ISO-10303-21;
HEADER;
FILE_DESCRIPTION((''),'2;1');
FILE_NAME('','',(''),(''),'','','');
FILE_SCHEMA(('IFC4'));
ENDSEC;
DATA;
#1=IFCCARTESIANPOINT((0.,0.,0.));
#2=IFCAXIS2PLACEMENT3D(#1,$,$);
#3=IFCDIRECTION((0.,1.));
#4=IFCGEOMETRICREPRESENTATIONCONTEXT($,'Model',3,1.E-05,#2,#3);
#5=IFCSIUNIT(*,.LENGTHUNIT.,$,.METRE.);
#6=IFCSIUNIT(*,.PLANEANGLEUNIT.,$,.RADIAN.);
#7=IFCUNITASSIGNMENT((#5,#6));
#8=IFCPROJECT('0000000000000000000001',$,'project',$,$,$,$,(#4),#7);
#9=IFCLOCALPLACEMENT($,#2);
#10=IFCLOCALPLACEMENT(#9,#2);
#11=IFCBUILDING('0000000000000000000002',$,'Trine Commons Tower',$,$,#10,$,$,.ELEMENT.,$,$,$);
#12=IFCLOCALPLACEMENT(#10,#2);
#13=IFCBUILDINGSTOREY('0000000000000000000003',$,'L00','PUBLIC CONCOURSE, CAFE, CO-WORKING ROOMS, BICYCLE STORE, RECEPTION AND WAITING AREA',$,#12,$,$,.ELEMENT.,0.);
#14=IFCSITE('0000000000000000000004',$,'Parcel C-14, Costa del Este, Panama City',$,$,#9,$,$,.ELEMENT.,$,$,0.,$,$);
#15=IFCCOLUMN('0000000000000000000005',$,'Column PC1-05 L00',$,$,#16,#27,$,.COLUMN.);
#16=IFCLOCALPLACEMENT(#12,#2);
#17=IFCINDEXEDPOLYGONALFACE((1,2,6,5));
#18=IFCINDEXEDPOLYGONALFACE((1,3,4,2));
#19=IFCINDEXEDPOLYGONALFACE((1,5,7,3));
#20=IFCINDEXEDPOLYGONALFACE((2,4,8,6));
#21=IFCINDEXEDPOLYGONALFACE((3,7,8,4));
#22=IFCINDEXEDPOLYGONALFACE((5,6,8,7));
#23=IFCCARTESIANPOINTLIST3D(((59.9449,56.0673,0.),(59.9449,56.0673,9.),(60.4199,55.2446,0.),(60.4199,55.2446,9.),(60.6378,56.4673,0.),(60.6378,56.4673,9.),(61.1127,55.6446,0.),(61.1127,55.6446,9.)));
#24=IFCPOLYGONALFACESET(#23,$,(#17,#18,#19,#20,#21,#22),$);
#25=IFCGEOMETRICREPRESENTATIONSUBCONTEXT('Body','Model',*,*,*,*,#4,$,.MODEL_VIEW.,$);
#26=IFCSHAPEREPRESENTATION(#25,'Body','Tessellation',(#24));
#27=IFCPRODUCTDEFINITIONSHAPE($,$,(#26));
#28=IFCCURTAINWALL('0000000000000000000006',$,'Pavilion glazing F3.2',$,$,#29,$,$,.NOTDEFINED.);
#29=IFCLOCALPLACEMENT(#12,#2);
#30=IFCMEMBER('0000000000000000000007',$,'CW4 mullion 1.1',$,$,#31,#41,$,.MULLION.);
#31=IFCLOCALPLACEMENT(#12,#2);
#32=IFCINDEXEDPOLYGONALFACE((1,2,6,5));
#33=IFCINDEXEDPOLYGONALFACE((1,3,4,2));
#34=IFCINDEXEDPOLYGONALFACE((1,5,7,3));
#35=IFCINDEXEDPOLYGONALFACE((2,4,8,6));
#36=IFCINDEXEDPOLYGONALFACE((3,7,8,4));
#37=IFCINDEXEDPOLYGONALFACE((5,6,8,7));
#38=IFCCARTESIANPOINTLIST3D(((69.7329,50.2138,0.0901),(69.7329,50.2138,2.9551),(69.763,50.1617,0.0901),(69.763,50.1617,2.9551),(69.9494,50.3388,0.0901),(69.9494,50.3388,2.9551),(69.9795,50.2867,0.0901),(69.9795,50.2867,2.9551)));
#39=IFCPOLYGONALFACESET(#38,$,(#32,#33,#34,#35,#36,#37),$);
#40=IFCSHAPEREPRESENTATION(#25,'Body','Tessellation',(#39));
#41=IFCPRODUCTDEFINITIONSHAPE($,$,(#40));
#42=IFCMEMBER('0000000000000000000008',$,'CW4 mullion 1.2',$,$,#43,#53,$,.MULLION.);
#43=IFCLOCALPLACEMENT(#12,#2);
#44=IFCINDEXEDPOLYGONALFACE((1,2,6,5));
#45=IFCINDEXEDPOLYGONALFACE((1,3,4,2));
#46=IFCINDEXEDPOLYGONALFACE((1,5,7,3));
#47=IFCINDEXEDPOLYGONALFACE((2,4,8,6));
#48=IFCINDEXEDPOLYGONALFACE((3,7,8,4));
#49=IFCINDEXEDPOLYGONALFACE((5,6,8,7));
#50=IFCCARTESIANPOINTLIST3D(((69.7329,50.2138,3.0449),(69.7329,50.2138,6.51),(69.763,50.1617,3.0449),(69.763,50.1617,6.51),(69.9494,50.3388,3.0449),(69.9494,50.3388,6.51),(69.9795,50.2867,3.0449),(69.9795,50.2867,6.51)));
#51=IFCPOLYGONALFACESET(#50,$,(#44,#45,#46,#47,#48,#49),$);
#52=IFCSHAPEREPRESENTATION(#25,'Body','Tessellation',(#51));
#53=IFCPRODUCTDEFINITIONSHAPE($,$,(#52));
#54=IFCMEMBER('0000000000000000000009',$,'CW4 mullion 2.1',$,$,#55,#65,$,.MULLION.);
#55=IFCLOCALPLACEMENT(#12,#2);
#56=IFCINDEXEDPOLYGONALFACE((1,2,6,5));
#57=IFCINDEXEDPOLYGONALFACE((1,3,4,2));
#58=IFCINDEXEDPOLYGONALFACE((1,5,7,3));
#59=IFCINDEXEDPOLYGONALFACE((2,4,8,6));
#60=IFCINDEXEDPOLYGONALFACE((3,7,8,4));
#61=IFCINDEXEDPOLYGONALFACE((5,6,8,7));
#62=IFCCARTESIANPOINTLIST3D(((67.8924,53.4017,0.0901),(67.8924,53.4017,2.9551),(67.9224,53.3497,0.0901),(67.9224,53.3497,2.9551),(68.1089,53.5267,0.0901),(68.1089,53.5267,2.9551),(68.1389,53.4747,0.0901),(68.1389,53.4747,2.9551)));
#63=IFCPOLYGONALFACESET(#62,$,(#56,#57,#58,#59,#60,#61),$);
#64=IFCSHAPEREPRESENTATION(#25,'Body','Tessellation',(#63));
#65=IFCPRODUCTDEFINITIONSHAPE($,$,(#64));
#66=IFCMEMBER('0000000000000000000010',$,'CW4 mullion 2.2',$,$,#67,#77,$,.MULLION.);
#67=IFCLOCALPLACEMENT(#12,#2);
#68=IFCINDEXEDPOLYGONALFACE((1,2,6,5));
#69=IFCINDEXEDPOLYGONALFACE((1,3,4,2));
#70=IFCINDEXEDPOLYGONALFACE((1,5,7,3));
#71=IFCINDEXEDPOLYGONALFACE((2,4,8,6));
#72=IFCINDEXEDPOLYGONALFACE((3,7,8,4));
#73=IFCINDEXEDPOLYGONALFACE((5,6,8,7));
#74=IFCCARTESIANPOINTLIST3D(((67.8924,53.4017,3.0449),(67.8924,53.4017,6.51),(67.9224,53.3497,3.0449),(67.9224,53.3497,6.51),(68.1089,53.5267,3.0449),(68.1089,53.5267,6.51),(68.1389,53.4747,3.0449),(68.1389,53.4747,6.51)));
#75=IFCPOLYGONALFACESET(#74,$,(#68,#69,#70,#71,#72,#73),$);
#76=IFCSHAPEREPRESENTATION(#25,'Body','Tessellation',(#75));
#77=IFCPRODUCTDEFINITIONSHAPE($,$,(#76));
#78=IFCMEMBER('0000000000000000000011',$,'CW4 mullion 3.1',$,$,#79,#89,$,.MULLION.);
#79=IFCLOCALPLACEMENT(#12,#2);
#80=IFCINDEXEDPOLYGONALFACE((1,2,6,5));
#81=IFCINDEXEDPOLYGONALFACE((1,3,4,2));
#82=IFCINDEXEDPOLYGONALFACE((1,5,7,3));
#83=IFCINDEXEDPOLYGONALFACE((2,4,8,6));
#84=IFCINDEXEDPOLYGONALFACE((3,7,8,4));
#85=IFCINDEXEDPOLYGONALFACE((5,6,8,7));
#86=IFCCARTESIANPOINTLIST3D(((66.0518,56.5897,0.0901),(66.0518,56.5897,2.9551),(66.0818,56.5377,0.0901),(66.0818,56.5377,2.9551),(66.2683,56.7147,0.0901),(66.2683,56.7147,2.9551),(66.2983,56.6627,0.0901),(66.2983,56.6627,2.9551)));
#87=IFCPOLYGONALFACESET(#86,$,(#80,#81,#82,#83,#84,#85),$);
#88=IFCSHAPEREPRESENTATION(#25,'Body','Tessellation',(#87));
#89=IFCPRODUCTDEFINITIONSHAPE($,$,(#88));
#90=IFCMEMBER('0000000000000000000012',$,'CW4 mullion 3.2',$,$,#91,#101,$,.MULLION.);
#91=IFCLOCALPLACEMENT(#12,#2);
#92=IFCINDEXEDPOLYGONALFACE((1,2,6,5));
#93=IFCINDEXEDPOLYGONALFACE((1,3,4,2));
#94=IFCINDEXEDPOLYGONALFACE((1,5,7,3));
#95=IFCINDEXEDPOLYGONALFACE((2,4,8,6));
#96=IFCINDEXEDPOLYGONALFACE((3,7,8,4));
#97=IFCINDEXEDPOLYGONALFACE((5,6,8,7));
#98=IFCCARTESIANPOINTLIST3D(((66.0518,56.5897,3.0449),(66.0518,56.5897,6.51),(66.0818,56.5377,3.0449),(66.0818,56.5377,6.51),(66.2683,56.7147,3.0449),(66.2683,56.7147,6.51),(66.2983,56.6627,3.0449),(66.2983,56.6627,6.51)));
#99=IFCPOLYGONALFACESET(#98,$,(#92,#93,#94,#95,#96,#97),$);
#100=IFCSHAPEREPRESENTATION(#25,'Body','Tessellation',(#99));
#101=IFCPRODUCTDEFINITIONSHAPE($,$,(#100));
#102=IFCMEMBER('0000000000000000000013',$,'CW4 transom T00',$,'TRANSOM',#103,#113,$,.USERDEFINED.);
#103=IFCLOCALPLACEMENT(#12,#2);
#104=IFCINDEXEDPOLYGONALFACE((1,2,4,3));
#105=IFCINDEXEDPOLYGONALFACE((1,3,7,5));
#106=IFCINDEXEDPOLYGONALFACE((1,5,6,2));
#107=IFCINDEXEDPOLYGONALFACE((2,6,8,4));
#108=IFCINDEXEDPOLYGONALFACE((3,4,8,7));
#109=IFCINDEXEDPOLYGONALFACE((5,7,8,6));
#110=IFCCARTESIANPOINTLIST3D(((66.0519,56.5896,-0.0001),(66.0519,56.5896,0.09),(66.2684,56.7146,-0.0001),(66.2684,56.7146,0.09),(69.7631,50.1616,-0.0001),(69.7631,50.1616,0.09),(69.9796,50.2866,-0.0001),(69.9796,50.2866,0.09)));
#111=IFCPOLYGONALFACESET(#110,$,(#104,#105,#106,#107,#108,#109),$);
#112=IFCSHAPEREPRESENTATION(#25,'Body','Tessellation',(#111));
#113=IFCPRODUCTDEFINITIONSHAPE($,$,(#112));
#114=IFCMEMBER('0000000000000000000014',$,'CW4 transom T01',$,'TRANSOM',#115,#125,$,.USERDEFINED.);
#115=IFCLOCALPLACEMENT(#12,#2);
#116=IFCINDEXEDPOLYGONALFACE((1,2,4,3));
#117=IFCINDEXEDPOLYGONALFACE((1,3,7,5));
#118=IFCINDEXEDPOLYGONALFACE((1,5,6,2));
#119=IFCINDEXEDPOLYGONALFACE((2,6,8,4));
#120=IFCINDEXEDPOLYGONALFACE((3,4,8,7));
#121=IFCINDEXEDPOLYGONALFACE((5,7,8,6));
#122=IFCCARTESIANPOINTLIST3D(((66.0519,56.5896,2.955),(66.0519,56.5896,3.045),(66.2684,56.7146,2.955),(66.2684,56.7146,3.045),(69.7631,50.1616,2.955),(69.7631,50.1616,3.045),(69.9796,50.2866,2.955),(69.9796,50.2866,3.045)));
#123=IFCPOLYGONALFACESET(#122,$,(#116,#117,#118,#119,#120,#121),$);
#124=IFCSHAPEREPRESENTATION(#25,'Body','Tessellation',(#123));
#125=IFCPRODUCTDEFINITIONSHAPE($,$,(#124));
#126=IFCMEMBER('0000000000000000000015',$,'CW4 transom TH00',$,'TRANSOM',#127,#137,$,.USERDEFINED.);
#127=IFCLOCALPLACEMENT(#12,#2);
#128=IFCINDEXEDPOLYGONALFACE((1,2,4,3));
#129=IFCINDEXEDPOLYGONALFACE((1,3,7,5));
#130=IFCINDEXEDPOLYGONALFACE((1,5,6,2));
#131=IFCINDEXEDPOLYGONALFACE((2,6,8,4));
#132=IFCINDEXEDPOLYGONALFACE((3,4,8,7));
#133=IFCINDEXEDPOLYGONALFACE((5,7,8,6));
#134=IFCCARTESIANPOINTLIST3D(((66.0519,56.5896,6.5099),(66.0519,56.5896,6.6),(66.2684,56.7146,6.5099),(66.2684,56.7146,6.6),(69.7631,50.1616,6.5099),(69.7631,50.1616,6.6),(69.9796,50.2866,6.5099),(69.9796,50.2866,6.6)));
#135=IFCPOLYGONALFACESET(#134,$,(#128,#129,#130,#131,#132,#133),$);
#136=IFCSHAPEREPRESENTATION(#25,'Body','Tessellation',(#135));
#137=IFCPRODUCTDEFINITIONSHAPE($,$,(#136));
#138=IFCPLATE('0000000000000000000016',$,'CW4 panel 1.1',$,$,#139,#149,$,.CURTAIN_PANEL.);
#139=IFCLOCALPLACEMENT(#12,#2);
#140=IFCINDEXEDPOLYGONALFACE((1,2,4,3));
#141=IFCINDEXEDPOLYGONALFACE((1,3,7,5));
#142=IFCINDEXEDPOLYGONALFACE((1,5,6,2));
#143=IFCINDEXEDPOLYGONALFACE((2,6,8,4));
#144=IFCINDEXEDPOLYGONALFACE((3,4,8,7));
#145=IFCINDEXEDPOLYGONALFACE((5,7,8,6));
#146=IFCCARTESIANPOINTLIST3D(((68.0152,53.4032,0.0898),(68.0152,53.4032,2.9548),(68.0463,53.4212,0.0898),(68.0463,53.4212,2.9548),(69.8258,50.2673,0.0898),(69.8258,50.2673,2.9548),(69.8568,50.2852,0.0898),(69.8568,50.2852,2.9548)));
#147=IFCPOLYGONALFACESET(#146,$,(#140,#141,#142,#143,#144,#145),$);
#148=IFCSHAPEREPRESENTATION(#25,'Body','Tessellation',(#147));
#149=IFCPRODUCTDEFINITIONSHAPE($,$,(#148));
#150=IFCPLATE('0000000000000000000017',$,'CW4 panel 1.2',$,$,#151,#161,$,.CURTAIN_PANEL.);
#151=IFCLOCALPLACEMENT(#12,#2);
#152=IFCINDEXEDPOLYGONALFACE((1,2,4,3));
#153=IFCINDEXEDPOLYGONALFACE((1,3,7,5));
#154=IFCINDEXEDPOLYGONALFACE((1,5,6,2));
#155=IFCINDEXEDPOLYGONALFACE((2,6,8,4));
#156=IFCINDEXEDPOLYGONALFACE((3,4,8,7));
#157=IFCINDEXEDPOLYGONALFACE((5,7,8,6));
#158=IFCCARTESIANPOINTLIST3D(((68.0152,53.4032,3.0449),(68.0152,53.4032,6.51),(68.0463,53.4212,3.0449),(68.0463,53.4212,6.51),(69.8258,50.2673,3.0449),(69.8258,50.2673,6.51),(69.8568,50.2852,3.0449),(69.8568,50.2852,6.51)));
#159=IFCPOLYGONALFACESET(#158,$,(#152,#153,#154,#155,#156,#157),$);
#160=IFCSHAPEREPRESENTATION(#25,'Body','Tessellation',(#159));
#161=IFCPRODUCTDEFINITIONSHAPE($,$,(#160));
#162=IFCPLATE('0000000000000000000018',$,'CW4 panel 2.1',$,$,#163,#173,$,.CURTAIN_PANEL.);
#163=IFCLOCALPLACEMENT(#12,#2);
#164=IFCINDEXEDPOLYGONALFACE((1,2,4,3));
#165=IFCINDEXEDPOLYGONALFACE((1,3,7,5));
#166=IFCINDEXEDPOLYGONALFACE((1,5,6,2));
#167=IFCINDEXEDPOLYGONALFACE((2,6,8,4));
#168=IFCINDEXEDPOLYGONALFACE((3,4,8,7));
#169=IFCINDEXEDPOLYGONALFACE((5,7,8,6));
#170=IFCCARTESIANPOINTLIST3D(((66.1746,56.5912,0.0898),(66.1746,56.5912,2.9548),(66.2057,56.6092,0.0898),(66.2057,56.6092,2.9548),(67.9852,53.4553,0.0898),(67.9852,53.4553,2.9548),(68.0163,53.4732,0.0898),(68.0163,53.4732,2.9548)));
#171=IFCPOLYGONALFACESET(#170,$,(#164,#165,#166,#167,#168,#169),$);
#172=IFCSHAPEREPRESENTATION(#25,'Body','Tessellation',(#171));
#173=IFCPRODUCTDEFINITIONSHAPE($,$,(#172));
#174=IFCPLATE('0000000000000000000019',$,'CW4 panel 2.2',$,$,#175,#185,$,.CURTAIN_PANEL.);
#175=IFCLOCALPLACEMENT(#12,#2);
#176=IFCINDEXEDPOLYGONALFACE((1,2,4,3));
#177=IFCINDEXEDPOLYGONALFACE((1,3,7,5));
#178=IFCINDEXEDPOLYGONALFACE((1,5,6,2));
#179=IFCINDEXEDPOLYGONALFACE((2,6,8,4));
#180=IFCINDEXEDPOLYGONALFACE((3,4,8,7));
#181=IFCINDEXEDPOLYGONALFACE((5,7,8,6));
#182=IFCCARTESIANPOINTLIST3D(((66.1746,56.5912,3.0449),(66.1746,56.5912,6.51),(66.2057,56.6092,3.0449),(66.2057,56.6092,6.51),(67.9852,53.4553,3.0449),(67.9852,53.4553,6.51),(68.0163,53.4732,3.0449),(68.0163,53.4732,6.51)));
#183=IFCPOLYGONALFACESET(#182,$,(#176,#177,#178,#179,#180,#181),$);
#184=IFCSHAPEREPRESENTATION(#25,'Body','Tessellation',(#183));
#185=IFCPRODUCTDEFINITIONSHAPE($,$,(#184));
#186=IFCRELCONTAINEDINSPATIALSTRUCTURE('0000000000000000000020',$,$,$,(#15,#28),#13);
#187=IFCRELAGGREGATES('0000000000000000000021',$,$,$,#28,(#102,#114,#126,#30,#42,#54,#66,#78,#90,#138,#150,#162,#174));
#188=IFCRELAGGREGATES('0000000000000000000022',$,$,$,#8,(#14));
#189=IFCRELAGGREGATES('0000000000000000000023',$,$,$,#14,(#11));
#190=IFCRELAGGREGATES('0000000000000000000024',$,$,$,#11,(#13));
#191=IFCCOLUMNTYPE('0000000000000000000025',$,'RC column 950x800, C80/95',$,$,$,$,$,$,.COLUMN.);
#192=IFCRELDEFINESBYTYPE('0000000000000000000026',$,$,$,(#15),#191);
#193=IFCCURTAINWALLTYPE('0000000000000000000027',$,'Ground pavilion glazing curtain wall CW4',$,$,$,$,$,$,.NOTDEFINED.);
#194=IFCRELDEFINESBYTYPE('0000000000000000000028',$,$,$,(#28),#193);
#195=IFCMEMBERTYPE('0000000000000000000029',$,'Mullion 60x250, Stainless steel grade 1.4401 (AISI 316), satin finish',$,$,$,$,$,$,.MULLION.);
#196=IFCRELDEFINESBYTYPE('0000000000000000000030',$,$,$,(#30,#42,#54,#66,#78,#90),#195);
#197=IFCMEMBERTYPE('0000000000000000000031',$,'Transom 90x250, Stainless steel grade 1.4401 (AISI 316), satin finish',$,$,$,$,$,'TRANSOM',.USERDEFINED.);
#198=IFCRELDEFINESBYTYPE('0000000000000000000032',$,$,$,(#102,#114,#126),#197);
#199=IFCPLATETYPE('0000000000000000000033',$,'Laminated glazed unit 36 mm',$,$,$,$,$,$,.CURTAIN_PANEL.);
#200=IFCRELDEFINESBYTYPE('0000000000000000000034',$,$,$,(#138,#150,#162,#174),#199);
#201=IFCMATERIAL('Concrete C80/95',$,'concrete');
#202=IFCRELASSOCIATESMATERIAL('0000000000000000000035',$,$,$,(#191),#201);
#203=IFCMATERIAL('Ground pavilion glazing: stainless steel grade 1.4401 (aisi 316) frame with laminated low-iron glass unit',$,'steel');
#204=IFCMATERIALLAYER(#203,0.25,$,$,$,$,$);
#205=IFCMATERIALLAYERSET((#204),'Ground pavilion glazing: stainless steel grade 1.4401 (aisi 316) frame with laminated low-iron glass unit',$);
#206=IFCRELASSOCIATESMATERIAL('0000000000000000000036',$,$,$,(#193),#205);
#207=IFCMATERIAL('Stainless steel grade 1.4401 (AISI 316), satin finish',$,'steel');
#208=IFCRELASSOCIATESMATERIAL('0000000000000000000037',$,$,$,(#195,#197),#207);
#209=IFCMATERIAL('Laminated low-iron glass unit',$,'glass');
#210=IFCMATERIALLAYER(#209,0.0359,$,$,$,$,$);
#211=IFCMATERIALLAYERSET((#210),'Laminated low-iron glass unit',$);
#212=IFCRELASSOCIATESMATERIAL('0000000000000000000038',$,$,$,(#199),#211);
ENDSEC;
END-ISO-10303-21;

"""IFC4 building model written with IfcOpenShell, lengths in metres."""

from ifc_helpers import new_model, si_unit, direction, frame, origin, origin_2d, place, context, subcontext, project, spatial, rectangle, extrude, material, layer, layer_set, material_profile, profile_set, type_object, element, aggregate, save


model = new_model("IFC4")

# Units and contexts
model_context = context("Model", 3, precision=1e-05, world=origin(), true_north=direction((0.0, 1.0)))
body_context = subcontext(model_context, "Body", "Model", "MODEL_VIEW")
ifc_project = project(units=[si_unit("LENGTHUNIT", "METRE"), si_unit("PLANEANGLEUNIT", "RADIAN")], contexts=[model_context])

# Site, building, storey
site_placement = place(None, origin())
site = spatial("IfcSite", under=ifc_project, at=site_placement, Name="Parcel C-14, Costa del Este, Panama City", CompositionType="ELEMENT", RefElevation=0.0)
building_placement = place(site_placement, origin())
building = spatial("IfcBuilding", under=site, at=building_placement, Name="Trine Commons Tower", CompositionType="ELEMENT")
storey_placement = place(building_placement, origin())
storey = spatial("IfcBuildingStorey", under=building, at=storey_placement, Name="L00", Description="PUBLIC CONCOURSE, CAFE, CO-WORKING ROOMS, BICYCLE STORE, RECEPTION AND WAITING AREA", CompositionType="ELEMENT", Elevation=0.0)

# Column
ifc_material_1 = material(Name="Concrete C80/95", Category="concrete")
ifc_material_profile_1 = material_profile(ifc_material_1, rectangle(XDim=0.95, YDim=0.8, at=origin_2d()), Name="RC 950x800")
ifc_profile_set_1 = profile_set([ifc_material_profile_1], Name="Concrete C80/95")
column_type = type_object("IfcColumnType", Name="RC column 950x800, C80/95", PredefinedType="COLUMN", material=ifc_profile_set_1)
column_placement = place(storey_placement, frame((60.5288, 55.856, 0.0), z_axis=(0.0, 0.0, 1.0), x_axis=(-0.5, 0.866025, 0.0)))
element("IfcColumn", 1, at=column_placement, inside=storey, type_object=column_type, Name="Column PC1-05 L00", PredefinedType="COLUMN", context=body_context, shape_type="SweptSolid", body=[
    extrude(rectangle(XDim=0.95, YDim=0.8, at=origin_2d()), origin(), (0.0, 0.0, 1.0), 9.0),
])

# Curtain wall, members, plates
ifc_material_2 = material(Name="Ground pavilion glazing: stainless steel grade 1.4401 (aisi 316) frame with laminated low-iron glass unit", Category="steel")
ifc_layer_1 = layer(ifc_material_2, 0.25)
ifc_layer_set_1 = layer_set([ifc_layer_1], Name="Ground pavilion glazing: stainless steel grade 1.4401 (aisi 316) frame with laminated low-iron glass unit")
curtain_wall_type = type_object("IfcCurtainWallType", Name="Ground pavilion glazing curtain wall CW4", PredefinedType="NOTDEFINED", material=ifc_layer_set_1)
curtain_wall_placement = place(storey_placement, origin())
curtain_wall = element("IfcCurtainWall", 2, at=curtain_wall_placement, inside=storey, type_object=curtain_wall_type, Name="Pavilion glazing F3.2", PredefinedType="NOTDEFINED")
ifc_material_3 = material(Name="Stainless steel grade 1.4401 (AISI 316), satin finish", Category="steel")
ifc_material_profile_2 = material_profile(ifc_material_3, rectangle(XDim=0.25, YDim=0.0601, at=origin_2d()), Name="Mullion 60x250")
ifc_profile_set_2 = profile_set([ifc_material_profile_2], Name="Stainless steel grade 1.4401 (AISI 316), satin finish")
member_type_1 = type_object("IfcMemberType", Name="Mullion 60x250, Stainless steel grade 1.4401 (AISI 316), satin finish", PredefinedType="MULLION", material=ifc_profile_set_2)
member_1_placement = place(storey_placement, frame((69.8562, 50.2502, 0.0901), z_axis=(0.0, 0.0, 1.0), x_axis=(-0.866025, -0.5, 0.0)))
member_1 = element("IfcMember", 3, at=member_1_placement, type_object=member_type_1, Name="CW4 mullion 1.1", PredefinedType="MULLION", context=body_context, shape_type="SweptSolid", body=[
    extrude(rectangle(XDim=0.25, YDim=0.0601, at=origin_2d()), origin(), (0.0, 0.0, 1.0), 2.865),
])
member_2_placement = place(storey_placement, frame((69.8562, 50.2502, 3.0449), z_axis=(0.0, 0.0, 1.0), x_axis=(-0.866025, -0.5, 0.0)))
member_2 = element("IfcMember", 4, at=member_2_placement, type_object=member_type_1, Name="CW4 mullion 1.2", PredefinedType="MULLION", context=body_context, shape_type="SweptSolid", body=[
    extrude(rectangle(XDim=0.25, YDim=0.0601, at=origin_2d()), origin(), (0.0, 0.0, 1.0), 3.4651),
])
member_3_placement = place(storey_placement, frame((68.0156, 53.4382, 0.0901), z_axis=(0.0, 0.0, 1.0), x_axis=(-0.866025, -0.5, 0.0)))
member_3 = element("IfcMember", 5, at=member_3_placement, type_object=member_type_1, Name="CW4 mullion 2.1", PredefinedType="MULLION", context=body_context, shape_type="SweptSolid", body=[
    extrude(rectangle(XDim=0.25, YDim=0.0601, at=origin_2d()), origin(), (0.0, 0.0, 1.0), 2.865),
])
member_4_placement = place(storey_placement, frame((68.0156, 53.4382, 3.0449), z_axis=(0.0, 0.0, 1.0), x_axis=(-0.866025, -0.5, 0.0)))
member_4 = element("IfcMember", 6, at=member_4_placement, type_object=member_type_1, Name="CW4 mullion 2.2", PredefinedType="MULLION", context=body_context, shape_type="SweptSolid", body=[
    extrude(rectangle(XDim=0.25, YDim=0.0601, at=origin_2d()), origin(), (0.0, 0.0, 1.0), 3.4651),
])
member_5_placement = place(storey_placement, frame((66.175, 56.6262, 0.0901), z_axis=(0.0, 0.0, 1.0), x_axis=(-0.866025, -0.5, 0.0)))
member_5 = element("IfcMember", 7, at=member_5_placement, type_object=member_type_1, Name="CW4 mullion 3.1", PredefinedType="MULLION", context=body_context, shape_type="SweptSolid", body=[
    extrude(rectangle(XDim=0.25, YDim=0.0601, at=origin_2d()), origin(), (0.0, 0.0, 1.0), 2.865),
])
member_6_placement = place(storey_placement, frame((66.175, 56.6262, 3.0449), z_axis=(0.0, 0.0, 1.0), x_axis=(-0.866025, -0.5, 0.0)))
member_6 = element("IfcMember", 8, at=member_6_placement, type_object=member_type_1, Name="CW4 mullion 3.2", PredefinedType="MULLION", context=body_context, shape_type="SweptSolid", body=[
    extrude(rectangle(XDim=0.25, YDim=0.0601, at=origin_2d()), origin(), (0.0, 0.0, 1.0), 3.4651),
])
ifc_material_profile_3 = material_profile(ifc_material_3, rectangle(XDim=0.25, YDim=0.0901, at=origin_2d()), Name="Transom 90x250")
ifc_profile_set_3 = profile_set([ifc_material_profile_3], Name="Stainless steel grade 1.4401 (AISI 316), satin finish")
member_type_2 = type_object("IfcMemberType", Name="Transom 90x250, Stainless steel grade 1.4401 (AISI 316), satin finish", ElementType="TRANSOM", PredefinedType="USERDEFINED", material=ifc_profile_set_3)
member_7_placement = place(storey_placement, frame((69.8713, 50.2241, 0.0449), z_axis=(-0.499999, 0.866026, 0.0), x_axis=(-0.866026, -0.499999, 0.0)))
member_7 = element("IfcMember", 9, at=member_7_placement, type_object=member_type_2, Name="CW4 transom T00", ObjectType="TRANSOM", PredefinedType="USERDEFINED", context=body_context, shape_type="SweptSolid", body=[
    extrude(rectangle(XDim=0.25, YDim=0.0901, at=origin_2d()), origin(), (0.0, 0.0, 1.0), 7.4224),
])
member_8_placement = place(storey_placement, frame((69.8713, 50.2241, 3.0), z_axis=(-0.499999, 0.866026, 0.0), x_axis=(-0.866026, -0.499999, 0.0)))
member_8 = element("IfcMember", 10, at=member_8_placement, type_object=member_type_2, Name="CW4 transom T01", ObjectType="TRANSOM", PredefinedType="USERDEFINED", context=body_context, shape_type="SweptSolid", body=[
    extrude(rectangle(XDim=0.25, YDim=0.0901, at=origin_2d()), origin(), (0.0, 0.0, 1.0), 7.4224),
])
member_9_placement = place(storey_placement, frame((69.8713, 50.2241, 6.5549), z_axis=(-0.499999, 0.866026, 0.0), x_axis=(-0.866026, -0.499999, 0.0)))
member_9 = element("IfcMember", 11, at=member_9_placement, type_object=member_type_2, Name="CW4 transom TH00", ObjectType="TRANSOM", PredefinedType="USERDEFINED", context=body_context, shape_type="SweptSolid", body=[
    extrude(rectangle(XDim=0.25, YDim=0.0901, at=origin_2d()), origin(), (0.0, 0.0, 1.0), 7.4224),
])
ifc_material_4 = material(Name="Laminated low-iron glass unit", Category="glass")
ifc_layer_2 = layer(ifc_material_4, 0.0359)
ifc_layer_set_2 = layer_set([ifc_layer_2], Name="Laminated low-iron glass unit")
plate_type = type_object("IfcPlateType", Name="Laminated glazed unit 36 mm", PredefinedType="CURTAIN_PANEL", material=ifc_layer_set_2)
plate_1_placement = place(storey_placement, frame((68.936, 51.8442, 0.0898), z_axis=(0.0, 0.0, 1.0), x_axis=(-0.5, 0.866025, 0.0)))
plate_1 = element("IfcPlate", 12, at=plate_1_placement, type_object=plate_type, Name="CW4 panel 1.1", PredefinedType="CURTAIN_PANEL", context=body_context, shape_type="SweptSolid", body=[
    extrude(rectangle(XDim=3.6211, YDim=0.0359, at=origin_2d()), origin(), (0.0, 0.0, 1.0), 2.865),
])
plate_2_placement = place(storey_placement, frame((68.936, 51.8442, 3.0449), z_axis=(0.0, 0.0, 1.0), x_axis=(-0.5, 0.866025, 0.0)))
plate_2 = element("IfcPlate", 13, at=plate_2_placement, type_object=plate_type, Name="CW4 panel 1.2", PredefinedType="CURTAIN_PANEL", context=body_context, shape_type="SweptSolid", body=[
    extrude(rectangle(XDim=3.6211, YDim=0.0359, at=origin_2d()), origin(), (0.0, 0.0, 1.0), 3.4651),
])
plate_3_placement = place(storey_placement, frame((67.0955, 55.0322, 0.0898), z_axis=(0.0, 0.0, 1.0), x_axis=(-0.5, 0.866025, 0.0)))
plate_3 = element("IfcPlate", 14, at=plate_3_placement, type_object=plate_type, Name="CW4 panel 2.1", PredefinedType="CURTAIN_PANEL", context=body_context, shape_type="SweptSolid", body=[
    extrude(rectangle(XDim=3.6211, YDim=0.0359, at=origin_2d()), origin(), (0.0, 0.0, 1.0), 2.865),
])
plate_4_placement = place(storey_placement, frame((67.0955, 55.0322, 3.0449), z_axis=(0.0, 0.0, 1.0), x_axis=(-0.5, 0.866025, 0.0)))
plate_4 = element("IfcPlate", 15, at=plate_4_placement, type_object=plate_type, Name="CW4 panel 2.2", PredefinedType="CURTAIN_PANEL", context=body_context, shape_type="SweptSolid", body=[
    extrude(rectangle(XDim=3.6211, YDim=0.0359, at=origin_2d()), origin(), (0.0, 0.0, 1.0), 3.4651),
])
aggregate(curtain_wall, [member_7, member_8, member_9, member_1, member_2, member_3, member_4, member_5, member_6, plate_1, plate_2, plate_3, plate_4])

save(model, "model.ifc")
